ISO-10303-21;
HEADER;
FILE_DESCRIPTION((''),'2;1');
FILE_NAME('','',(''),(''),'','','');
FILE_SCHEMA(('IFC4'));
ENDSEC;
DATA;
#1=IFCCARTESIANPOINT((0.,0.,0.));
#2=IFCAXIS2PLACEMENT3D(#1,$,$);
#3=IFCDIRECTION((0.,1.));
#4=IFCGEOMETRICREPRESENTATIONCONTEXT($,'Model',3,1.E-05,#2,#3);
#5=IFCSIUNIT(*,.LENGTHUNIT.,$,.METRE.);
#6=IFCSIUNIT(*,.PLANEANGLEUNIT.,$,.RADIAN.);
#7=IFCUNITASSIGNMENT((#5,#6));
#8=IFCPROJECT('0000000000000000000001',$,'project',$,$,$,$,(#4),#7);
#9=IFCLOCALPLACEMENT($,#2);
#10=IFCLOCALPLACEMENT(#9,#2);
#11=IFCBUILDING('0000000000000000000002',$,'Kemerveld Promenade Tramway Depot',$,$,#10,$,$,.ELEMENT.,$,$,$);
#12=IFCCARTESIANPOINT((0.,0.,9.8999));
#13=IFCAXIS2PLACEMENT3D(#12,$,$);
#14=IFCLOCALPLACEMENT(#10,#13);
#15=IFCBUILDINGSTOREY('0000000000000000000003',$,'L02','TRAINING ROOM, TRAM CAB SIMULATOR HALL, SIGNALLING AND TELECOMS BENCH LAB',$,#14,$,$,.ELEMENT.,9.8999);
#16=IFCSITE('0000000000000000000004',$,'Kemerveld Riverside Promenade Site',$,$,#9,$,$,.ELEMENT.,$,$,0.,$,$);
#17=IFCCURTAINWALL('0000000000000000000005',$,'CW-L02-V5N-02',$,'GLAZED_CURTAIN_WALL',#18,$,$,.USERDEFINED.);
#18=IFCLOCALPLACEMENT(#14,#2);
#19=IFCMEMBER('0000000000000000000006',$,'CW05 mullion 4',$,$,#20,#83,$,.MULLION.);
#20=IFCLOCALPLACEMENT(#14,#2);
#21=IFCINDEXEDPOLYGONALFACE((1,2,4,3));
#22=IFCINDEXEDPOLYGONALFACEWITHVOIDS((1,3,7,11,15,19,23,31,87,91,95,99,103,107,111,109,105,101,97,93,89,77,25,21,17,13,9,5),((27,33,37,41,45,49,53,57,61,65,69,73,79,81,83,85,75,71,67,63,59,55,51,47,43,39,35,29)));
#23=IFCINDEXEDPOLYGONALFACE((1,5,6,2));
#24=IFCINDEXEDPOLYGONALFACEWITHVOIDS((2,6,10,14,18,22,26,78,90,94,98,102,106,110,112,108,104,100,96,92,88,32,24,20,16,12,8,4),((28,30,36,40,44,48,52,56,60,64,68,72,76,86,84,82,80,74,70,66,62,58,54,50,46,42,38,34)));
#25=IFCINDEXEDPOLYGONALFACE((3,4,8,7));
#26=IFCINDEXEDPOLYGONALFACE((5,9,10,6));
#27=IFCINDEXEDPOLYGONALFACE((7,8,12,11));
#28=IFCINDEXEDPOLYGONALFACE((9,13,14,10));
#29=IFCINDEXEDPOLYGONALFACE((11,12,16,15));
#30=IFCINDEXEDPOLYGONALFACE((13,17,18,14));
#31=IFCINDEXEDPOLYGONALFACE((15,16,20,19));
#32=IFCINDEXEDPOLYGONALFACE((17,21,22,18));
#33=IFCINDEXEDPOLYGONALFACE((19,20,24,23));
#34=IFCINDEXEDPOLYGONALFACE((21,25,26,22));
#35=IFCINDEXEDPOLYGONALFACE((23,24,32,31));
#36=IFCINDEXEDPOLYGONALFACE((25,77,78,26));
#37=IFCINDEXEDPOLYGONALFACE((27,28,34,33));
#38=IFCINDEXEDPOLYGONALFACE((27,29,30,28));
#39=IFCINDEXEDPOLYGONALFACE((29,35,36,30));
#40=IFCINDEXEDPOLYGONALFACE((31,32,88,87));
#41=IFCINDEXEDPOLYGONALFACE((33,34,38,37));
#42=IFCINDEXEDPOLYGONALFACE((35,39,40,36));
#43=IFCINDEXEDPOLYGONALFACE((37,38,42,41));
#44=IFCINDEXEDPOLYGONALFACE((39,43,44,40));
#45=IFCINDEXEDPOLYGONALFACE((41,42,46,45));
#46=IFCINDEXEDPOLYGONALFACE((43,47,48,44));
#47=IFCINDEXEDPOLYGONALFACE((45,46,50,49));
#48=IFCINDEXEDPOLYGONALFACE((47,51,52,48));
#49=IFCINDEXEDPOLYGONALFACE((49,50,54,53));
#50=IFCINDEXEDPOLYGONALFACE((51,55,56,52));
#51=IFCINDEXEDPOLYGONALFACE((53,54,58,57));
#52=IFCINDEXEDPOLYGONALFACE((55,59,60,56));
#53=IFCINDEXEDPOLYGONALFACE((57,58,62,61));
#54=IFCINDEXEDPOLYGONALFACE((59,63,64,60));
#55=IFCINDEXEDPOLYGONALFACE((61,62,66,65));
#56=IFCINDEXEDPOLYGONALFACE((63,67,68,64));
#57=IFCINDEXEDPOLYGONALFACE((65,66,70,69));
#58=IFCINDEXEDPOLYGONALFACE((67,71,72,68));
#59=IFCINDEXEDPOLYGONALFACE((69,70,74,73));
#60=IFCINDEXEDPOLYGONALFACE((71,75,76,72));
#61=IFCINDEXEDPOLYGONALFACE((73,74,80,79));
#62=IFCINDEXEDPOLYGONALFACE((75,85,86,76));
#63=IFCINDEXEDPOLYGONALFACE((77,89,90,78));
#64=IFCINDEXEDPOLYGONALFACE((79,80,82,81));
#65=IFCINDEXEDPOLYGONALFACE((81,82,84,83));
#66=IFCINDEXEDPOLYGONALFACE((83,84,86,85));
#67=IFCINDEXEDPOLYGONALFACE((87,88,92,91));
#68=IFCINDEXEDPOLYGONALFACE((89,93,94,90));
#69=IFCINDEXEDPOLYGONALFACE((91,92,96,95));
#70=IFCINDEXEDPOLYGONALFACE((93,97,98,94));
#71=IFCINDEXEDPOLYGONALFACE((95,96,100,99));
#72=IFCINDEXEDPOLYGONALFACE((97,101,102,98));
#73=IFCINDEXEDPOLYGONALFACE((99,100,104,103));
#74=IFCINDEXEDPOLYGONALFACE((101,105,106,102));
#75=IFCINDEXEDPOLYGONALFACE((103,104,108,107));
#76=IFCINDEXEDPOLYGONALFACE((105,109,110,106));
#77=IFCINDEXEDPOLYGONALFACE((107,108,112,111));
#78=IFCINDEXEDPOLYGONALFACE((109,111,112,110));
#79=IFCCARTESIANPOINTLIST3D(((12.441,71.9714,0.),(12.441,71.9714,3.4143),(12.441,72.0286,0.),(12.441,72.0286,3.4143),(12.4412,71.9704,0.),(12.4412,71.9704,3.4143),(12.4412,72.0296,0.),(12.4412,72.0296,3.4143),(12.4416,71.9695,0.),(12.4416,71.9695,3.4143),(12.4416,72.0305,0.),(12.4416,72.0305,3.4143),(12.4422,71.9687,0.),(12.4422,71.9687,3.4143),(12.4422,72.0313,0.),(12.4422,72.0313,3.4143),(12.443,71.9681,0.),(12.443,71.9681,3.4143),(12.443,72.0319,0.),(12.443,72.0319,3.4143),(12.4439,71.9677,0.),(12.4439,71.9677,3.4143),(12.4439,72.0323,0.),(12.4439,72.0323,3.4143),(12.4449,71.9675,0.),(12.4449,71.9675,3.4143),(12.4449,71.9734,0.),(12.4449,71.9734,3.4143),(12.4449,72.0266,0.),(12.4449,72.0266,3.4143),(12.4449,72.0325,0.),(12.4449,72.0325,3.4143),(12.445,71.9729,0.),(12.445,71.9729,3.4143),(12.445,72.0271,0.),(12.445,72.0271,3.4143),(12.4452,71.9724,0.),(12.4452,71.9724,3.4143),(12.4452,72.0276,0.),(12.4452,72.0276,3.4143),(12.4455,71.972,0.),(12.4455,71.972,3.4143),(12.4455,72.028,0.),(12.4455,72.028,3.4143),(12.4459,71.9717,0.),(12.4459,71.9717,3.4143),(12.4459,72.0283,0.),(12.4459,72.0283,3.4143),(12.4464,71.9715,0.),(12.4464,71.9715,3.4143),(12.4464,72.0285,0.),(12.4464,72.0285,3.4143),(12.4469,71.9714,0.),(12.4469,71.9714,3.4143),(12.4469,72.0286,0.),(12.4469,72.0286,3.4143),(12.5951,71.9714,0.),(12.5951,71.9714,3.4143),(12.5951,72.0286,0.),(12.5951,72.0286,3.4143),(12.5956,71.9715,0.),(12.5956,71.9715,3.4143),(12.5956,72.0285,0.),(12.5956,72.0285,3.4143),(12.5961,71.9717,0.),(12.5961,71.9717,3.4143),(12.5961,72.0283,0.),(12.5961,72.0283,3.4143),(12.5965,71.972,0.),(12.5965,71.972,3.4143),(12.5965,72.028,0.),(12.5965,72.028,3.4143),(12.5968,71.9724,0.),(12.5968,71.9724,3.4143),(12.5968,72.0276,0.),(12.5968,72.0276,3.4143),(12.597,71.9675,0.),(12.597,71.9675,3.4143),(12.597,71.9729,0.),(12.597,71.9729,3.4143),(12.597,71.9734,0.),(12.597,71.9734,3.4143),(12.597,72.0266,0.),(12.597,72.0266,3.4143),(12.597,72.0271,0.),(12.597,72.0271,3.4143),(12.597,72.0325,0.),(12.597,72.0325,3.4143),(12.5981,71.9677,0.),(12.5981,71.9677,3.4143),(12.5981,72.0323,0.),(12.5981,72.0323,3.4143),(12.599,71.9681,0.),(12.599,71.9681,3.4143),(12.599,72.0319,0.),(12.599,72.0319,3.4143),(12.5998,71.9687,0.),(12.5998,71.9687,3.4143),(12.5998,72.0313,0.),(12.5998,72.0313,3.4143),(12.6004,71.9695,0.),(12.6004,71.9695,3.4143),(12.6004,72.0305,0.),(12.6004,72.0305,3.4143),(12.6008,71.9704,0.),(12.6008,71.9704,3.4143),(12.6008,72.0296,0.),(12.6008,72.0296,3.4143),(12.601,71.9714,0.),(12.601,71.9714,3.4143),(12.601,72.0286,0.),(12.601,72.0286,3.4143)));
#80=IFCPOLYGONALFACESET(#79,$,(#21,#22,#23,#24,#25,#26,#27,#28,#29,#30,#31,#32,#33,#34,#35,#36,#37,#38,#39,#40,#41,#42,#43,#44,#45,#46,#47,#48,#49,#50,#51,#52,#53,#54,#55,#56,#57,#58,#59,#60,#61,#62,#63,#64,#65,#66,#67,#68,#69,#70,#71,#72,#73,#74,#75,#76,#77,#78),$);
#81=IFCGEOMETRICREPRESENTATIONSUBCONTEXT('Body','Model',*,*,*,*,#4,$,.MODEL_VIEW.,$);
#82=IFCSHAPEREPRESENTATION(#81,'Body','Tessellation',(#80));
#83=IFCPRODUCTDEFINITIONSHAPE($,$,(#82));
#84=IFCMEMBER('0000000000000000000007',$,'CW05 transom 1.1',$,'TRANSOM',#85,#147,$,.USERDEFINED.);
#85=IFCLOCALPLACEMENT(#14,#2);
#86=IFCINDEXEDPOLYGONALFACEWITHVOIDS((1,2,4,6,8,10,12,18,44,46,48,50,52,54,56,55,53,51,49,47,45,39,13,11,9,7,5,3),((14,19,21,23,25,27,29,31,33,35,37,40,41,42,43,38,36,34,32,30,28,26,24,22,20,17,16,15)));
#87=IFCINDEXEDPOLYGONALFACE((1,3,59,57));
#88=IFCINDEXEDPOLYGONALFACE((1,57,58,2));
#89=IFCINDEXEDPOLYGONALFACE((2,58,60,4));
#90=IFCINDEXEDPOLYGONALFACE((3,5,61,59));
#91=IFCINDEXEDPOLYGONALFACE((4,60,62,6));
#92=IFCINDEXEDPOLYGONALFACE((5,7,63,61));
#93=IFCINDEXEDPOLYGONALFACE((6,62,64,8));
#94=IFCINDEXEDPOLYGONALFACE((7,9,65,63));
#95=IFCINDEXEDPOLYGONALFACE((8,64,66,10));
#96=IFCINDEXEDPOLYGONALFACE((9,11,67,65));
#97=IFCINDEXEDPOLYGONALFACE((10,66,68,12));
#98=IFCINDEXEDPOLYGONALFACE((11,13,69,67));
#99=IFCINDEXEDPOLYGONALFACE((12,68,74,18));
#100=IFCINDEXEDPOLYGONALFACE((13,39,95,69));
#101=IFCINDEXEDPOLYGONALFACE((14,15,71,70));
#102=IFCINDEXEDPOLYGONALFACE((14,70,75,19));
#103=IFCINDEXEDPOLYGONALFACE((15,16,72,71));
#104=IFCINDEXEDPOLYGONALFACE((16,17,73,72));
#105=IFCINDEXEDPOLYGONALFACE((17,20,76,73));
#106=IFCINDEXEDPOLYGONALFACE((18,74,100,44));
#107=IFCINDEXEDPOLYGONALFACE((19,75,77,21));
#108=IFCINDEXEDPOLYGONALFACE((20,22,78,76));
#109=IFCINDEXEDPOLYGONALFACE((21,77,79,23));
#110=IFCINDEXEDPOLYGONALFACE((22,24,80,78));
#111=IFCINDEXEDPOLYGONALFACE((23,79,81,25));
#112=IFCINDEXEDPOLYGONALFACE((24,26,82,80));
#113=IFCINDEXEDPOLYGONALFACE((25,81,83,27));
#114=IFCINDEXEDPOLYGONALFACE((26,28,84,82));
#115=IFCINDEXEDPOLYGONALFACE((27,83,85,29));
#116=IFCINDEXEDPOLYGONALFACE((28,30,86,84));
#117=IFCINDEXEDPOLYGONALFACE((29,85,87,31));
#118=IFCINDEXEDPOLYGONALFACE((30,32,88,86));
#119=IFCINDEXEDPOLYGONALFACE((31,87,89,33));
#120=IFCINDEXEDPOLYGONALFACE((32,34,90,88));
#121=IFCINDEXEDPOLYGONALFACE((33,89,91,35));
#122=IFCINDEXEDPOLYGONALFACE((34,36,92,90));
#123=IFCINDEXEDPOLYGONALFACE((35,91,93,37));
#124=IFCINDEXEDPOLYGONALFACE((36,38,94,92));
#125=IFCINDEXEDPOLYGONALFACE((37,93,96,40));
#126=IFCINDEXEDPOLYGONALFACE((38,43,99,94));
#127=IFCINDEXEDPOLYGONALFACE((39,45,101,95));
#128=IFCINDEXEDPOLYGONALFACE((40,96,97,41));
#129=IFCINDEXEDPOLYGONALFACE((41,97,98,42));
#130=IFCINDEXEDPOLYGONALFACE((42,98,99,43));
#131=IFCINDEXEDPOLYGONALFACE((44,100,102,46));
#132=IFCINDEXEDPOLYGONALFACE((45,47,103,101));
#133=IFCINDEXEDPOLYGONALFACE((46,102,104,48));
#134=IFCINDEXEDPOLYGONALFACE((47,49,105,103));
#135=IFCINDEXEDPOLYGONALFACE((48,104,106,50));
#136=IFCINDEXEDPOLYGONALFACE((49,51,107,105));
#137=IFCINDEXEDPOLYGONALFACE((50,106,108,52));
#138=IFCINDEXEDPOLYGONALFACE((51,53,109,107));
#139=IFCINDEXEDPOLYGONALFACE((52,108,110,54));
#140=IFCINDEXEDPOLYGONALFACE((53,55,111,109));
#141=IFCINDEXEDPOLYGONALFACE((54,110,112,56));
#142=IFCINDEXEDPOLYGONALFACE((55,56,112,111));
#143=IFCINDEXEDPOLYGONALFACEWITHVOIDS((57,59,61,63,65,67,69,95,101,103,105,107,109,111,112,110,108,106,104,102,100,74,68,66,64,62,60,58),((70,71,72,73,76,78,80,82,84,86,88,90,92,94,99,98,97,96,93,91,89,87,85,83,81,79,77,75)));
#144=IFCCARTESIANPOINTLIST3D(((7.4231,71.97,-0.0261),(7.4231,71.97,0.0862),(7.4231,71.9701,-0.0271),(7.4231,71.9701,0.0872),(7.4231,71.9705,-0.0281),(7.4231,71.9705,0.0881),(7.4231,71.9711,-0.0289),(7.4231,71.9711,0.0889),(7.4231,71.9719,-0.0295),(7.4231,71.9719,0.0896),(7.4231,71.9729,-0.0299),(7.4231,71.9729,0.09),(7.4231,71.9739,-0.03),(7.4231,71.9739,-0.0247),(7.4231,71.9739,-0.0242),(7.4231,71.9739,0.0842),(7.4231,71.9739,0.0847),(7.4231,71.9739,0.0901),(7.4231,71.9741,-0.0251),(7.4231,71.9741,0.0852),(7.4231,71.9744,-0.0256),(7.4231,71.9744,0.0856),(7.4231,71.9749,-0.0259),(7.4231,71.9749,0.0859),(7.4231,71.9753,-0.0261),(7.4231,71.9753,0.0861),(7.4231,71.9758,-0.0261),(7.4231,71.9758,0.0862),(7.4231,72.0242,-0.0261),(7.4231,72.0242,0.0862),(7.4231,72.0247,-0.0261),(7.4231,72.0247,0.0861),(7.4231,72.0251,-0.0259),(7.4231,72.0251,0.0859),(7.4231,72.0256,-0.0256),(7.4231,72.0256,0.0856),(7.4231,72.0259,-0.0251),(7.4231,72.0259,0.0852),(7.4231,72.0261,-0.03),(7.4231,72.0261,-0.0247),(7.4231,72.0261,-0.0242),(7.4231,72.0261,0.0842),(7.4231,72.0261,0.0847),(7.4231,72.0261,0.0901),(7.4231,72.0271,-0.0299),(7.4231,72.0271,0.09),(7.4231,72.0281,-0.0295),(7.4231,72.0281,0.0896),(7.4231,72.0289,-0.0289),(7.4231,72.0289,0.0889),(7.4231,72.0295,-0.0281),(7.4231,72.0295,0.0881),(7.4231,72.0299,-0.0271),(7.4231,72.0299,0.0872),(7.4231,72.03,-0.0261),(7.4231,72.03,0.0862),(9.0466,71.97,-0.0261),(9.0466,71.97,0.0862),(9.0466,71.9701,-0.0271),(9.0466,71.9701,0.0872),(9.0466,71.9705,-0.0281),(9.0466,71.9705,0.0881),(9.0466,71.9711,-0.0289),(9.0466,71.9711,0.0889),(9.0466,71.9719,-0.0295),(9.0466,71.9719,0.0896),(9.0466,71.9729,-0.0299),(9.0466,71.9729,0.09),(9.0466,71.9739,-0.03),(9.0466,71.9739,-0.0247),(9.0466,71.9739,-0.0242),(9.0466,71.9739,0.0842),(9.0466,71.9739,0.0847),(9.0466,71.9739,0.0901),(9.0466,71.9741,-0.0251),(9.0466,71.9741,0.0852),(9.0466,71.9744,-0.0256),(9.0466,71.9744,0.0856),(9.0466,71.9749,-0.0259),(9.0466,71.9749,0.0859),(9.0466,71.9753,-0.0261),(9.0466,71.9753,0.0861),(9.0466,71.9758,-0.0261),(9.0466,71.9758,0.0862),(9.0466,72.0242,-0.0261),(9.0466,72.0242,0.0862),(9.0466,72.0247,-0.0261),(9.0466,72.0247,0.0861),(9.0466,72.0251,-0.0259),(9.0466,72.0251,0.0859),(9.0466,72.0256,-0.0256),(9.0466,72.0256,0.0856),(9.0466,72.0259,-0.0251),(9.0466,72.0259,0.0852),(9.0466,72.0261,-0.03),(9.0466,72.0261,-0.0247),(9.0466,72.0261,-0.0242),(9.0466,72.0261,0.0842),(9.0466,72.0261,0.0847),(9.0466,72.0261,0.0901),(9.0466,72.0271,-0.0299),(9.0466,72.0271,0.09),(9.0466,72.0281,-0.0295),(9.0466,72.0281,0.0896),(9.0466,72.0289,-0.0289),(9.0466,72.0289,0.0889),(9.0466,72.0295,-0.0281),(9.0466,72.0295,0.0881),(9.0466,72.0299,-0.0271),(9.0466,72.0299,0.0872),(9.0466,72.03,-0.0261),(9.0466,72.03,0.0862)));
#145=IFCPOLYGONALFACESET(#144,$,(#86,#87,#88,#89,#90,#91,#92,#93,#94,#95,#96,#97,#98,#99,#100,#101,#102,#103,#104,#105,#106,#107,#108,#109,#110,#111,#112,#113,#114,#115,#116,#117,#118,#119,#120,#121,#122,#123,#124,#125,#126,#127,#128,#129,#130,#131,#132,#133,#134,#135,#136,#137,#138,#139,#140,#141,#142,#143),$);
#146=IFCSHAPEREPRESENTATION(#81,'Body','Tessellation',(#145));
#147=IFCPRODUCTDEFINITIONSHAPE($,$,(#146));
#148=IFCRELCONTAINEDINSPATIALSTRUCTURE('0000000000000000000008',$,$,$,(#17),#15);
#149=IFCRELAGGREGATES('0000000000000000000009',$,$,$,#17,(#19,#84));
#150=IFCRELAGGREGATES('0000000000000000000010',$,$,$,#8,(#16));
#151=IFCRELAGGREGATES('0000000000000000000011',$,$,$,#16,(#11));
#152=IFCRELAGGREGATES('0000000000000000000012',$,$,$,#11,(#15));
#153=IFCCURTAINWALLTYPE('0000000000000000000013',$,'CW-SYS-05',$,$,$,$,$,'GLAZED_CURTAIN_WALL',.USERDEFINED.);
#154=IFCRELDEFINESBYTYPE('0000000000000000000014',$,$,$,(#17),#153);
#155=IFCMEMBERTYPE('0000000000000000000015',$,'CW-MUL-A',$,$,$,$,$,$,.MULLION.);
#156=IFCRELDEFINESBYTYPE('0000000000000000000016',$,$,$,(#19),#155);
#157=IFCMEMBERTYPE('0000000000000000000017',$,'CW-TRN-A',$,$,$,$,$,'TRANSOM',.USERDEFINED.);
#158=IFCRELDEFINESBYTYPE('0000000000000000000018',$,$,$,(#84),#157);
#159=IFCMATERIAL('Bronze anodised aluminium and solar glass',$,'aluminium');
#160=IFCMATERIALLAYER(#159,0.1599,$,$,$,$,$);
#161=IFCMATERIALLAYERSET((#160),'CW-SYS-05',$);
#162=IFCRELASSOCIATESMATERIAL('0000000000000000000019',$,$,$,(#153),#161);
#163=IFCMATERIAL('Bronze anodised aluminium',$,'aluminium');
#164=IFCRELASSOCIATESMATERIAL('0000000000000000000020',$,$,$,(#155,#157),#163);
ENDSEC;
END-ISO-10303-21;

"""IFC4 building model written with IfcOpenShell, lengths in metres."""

from ifc_helpers import new_model, si_unit, direction, frame, origin, origin_2d, place, context, subcontext, project, spatial, hollow_rectangle, extrude, material, layer, layer_set, material_profile, profile_set, type_object, element, aggregate, save


model = new_model("IFC4")

# Units and contexts
model_context = context("Model", 3, precision=1e-05, world=origin(), true_north=direction((0.0, 1.0)))
body_context = subcontext(model_context, "Body", "Model", "MODEL_VIEW")
ifc_project = project(units=[si_unit("LENGTHUNIT", "METRE"), si_unit("PLANEANGLEUNIT", "RADIAN")], contexts=[model_context])

# Site, building, storey
site_placement = place(None, origin())
site = spatial("IfcSite", under=ifc_project, at=site_placement, Name="Kemerveld Riverside Promenade Site", CompositionType="ELEMENT", RefElevation=0.0)
building_placement = place(site_placement, origin())
building = spatial("IfcBuilding", under=site, at=building_placement, Name="Kemerveld Promenade Tramway Depot", CompositionType="ELEMENT")
storey_placement = place(building_placement, frame((0.0, 0.0, 9.8999)))
storey = spatial("IfcBuildingStorey", under=building, at=storey_placement, Name="L02", Description="TRAINING ROOM, TRAM CAB SIMULATOR HALL, SIGNALLING AND TELECOMS BENCH LAB", CompositionType="ELEMENT", Elevation=9.8999)

# Curtain wall, members
ifc_material_1 = material(Name="Bronze anodised aluminium and solar glass", Category="aluminium")
ifc_layer_1 = layer(ifc_material_1, 0.1599)
ifc_layer_set_1 = layer_set([ifc_layer_1], Name="CW-SYS-05")
curtain_wall_type = type_object("IfcCurtainWallType", Name="CW-SYS-05", ElementType="GLAZED_CURTAIN_WALL", PredefinedType="USERDEFINED", material=ifc_layer_set_1)
curtain_wall_placement = place(storey_placement, origin())
curtain_wall = element("IfcCurtainWall", 1, at=curtain_wall_placement, inside=storey, type_object=curtain_wall_type, Name="CW-L02-V5N-02", ObjectType="GLAZED_CURTAIN_WALL", PredefinedType="USERDEFINED")
ifc_material_2 = material(Name="Bronze anodised aluminium", Category="aluminium")
ifc_material_profile_1 = material_profile(ifc_material_2, hollow_rectangle(XDim=0.0649, YDim=0.1599, WallThickness=0.0039, InnerFilletRadius=0.002, OuterFilletRadius=0.0039, at=origin_2d()), Name="CW-MUL-160x65")
ifc_profile_set_1 = profile_set([ifc_material_profile_1], Name="Bronze anodised aluminium")
member_type_1 = type_object("IfcMemberType", Name="CW-MUL-A", PredefinedType="MULLION", material=ifc_profile_set_1)
member_1_placement = place(storey_placement, frame((12.521, 72.0, 0.0), z_axis=(0.0, 0.0, 1.0), x_axis=(0.0, 1.0, 0.0)))
member_1 = element("IfcMember", 2, at=member_1_placement, type_object=member_type_1, Name="CW05 mullion 4", PredefinedType="MULLION", context=body_context, shape_type="SweptSolid", body=[
    extrude(hollow_rectangle(XDim=0.0649, YDim=0.1599, WallThickness=0.0039, InnerFilletRadius=0.002, OuterFilletRadius=0.0039, at=origin_2d()), origin(), (0.0, 0.0, 1.0), 3.4143),
])
ifc_material_profile_2 = material_profile(ifc_material_2, hollow_rectangle(XDim=0.0601, YDim=0.1201, WallThickness=0.0039, InnerFilletRadius=0.002, OuterFilletRadius=0.0039, at=origin_2d()), Name="CW-TRN-120x60")
ifc_profile_set_2 = profile_set([ifc_material_profile_2], Name="Bronze anodised aluminium")
member_type_2 = type_object("IfcMemberType", Name="CW-TRN-A", ElementType="TRANSOM", PredefinedType="USERDEFINED", material=ifc_profile_set_2)
member_2_placement = place(storey_placement, frame((7.4231, 72.0, 0.03), z_axis=(1.0, 0.0, 0.0), x_axis=(0.0, 1.0, 0.0)))
member_2 = element("IfcMember", 3, at=member_2_placement, type_object=member_type_2, Name="CW05 transom 1.1", ObjectType="TRANSOM", PredefinedType="USERDEFINED", context=body_context, shape_type="SweptSolid", body=[
    extrude(hollow_rectangle(XDim=0.0601, YDim=0.1201, WallThickness=0.0039, InnerFilletRadius=0.002, OuterFilletRadius=0.0039, at=origin_2d()), origin(), (0.0, 0.0, 1.0), 1.6235),
])
aggregate(curtain_wall, [member_1, member_2])

save(model, "model.ifc")
